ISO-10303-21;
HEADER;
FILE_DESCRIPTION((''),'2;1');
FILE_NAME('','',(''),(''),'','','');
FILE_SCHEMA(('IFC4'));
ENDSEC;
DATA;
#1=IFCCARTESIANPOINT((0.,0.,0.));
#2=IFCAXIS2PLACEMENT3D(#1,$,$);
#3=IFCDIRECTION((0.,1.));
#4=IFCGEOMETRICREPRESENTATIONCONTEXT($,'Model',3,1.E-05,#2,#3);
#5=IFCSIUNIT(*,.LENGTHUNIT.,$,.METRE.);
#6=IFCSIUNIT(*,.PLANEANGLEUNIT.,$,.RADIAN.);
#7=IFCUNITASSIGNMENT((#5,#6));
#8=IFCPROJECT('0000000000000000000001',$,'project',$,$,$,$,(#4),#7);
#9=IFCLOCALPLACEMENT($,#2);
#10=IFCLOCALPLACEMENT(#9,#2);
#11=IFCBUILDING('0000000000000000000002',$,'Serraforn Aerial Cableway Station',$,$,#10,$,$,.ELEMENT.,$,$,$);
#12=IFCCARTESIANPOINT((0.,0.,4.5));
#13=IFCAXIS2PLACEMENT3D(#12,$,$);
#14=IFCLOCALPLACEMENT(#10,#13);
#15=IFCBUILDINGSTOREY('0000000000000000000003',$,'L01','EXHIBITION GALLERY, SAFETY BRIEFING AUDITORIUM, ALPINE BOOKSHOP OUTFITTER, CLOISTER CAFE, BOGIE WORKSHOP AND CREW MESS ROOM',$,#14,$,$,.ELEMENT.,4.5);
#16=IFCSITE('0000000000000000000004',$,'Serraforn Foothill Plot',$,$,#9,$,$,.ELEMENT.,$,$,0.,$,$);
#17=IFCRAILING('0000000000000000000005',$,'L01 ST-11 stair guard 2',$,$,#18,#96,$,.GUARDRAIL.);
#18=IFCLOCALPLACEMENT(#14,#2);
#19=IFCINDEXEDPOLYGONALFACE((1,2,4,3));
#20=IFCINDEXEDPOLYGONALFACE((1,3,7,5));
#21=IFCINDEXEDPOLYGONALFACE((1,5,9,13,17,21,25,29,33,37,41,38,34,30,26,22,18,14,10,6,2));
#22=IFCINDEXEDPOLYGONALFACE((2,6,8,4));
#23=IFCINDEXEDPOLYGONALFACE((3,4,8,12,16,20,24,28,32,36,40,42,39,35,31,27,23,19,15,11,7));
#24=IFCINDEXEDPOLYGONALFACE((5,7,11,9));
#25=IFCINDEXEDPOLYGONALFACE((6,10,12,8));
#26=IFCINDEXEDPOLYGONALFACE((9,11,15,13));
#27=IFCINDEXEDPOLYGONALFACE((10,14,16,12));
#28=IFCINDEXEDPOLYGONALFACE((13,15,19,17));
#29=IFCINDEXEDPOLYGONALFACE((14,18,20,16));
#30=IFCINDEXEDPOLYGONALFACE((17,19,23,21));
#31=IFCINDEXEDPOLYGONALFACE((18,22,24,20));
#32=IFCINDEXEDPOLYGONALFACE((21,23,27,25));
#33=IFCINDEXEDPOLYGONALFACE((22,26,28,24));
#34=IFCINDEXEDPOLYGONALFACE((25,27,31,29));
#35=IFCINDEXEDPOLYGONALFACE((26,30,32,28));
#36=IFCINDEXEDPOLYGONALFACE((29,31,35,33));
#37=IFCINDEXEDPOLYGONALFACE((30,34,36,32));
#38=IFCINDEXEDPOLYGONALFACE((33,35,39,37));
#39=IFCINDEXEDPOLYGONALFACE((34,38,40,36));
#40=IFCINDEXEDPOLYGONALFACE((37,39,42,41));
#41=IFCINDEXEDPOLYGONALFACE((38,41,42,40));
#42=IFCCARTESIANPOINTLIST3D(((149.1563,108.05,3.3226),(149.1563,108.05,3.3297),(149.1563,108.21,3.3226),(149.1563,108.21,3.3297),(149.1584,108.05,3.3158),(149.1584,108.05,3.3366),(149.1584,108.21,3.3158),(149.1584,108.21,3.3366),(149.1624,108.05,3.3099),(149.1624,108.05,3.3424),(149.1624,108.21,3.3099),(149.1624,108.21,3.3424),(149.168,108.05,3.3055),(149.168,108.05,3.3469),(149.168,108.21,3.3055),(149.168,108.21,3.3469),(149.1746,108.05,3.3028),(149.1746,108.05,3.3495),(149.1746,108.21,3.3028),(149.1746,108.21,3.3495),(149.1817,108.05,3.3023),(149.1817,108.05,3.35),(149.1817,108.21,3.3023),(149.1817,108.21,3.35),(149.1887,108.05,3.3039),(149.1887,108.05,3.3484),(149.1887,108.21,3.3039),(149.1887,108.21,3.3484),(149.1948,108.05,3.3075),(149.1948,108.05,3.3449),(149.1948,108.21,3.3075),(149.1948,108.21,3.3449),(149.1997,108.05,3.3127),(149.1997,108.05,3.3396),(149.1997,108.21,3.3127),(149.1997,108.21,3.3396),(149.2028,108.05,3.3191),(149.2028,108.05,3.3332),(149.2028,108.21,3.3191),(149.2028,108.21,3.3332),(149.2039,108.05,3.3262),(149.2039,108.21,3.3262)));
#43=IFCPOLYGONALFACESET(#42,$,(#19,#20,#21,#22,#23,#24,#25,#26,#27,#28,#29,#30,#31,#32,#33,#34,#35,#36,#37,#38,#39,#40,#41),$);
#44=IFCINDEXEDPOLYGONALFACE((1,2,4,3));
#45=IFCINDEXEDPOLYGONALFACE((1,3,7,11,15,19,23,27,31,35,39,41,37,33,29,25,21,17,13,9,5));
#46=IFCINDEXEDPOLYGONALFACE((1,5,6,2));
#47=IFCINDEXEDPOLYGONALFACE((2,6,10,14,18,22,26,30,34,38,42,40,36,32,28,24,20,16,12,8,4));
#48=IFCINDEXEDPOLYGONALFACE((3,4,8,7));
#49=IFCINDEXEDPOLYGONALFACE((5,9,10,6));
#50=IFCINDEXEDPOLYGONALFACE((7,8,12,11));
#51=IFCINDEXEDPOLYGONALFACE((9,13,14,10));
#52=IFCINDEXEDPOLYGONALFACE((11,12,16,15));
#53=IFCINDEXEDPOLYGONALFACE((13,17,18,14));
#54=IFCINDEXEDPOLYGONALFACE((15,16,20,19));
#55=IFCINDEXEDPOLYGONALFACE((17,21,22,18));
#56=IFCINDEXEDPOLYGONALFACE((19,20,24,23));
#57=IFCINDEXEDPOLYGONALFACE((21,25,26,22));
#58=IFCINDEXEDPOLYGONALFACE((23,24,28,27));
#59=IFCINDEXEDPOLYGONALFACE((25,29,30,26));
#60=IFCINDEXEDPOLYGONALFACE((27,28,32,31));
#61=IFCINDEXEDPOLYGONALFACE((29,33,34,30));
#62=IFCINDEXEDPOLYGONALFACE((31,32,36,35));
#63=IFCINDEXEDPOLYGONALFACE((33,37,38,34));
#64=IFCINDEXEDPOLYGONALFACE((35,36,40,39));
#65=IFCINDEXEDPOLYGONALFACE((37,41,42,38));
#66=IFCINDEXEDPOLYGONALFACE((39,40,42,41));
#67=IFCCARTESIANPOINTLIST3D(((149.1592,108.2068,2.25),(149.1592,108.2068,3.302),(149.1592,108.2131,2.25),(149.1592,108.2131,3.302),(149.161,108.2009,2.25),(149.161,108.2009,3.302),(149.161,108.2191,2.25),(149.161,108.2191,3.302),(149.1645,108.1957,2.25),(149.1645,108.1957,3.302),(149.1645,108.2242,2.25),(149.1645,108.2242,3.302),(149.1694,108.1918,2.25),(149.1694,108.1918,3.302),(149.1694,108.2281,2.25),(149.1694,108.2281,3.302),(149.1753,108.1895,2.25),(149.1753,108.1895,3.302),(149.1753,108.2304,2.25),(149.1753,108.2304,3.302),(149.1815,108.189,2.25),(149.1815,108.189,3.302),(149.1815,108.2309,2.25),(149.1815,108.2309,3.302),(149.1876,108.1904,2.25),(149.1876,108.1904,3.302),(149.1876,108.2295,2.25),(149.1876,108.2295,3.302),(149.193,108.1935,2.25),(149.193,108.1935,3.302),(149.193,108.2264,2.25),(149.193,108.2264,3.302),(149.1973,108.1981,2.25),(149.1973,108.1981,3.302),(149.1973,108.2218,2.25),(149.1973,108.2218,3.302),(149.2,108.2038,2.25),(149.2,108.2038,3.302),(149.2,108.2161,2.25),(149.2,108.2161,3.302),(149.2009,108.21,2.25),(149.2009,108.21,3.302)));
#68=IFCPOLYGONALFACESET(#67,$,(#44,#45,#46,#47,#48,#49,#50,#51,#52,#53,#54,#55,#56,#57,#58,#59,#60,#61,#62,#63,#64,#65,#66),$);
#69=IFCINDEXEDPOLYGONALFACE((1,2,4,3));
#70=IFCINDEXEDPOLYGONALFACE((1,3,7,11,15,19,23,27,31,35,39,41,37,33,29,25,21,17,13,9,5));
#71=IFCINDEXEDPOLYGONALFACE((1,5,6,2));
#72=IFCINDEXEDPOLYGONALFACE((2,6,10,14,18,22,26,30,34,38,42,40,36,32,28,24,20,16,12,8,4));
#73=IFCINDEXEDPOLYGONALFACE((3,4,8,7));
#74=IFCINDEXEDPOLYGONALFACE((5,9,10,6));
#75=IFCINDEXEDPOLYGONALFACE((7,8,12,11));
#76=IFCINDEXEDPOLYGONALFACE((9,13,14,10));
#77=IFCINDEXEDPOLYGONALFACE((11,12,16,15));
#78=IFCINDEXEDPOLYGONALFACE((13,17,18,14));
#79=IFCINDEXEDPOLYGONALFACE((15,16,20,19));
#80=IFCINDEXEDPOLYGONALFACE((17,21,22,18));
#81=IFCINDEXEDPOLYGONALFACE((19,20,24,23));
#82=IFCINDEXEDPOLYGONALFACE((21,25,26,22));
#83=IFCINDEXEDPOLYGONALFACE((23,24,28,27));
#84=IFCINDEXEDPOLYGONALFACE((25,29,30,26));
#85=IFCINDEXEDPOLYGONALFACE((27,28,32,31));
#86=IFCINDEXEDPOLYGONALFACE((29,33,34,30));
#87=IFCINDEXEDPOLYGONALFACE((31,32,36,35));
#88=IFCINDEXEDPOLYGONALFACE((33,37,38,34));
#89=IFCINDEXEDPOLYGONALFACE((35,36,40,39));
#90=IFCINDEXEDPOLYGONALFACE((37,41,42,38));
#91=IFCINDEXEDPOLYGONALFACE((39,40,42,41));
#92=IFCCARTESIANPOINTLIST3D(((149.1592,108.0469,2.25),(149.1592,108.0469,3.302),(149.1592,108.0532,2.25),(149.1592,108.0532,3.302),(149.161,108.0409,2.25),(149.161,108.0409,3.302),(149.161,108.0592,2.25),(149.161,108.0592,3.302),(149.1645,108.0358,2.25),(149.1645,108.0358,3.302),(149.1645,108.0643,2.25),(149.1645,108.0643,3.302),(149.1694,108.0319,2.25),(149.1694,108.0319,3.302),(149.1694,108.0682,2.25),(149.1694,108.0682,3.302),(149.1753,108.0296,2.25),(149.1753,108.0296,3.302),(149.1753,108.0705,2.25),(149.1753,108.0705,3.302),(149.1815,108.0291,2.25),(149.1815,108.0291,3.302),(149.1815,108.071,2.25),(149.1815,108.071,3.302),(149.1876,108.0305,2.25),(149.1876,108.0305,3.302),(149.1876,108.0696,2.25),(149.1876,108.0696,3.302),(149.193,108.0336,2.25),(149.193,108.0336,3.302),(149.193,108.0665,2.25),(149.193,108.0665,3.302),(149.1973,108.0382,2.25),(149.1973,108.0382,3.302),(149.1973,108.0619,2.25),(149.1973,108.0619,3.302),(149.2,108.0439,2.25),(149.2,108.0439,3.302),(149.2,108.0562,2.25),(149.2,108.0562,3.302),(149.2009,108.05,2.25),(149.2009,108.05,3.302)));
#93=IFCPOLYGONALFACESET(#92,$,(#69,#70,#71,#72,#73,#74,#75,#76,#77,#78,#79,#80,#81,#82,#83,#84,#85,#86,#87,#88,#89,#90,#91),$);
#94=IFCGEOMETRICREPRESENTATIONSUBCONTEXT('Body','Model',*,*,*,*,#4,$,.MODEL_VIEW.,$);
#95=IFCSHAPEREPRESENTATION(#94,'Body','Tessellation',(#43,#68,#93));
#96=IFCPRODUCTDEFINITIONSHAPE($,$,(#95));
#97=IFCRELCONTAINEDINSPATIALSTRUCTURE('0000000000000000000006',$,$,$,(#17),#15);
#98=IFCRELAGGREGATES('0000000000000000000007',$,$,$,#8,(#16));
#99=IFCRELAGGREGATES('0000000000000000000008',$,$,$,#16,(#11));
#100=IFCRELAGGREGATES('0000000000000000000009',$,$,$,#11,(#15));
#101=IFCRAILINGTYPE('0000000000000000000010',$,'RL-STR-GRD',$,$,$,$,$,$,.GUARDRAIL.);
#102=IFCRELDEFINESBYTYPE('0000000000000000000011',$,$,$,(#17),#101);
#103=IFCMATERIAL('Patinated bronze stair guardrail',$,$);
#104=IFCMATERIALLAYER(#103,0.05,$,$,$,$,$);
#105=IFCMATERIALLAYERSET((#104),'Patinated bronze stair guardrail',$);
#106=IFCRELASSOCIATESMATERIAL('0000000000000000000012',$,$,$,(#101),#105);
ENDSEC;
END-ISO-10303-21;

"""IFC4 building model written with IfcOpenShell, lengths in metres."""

from ifc_helpers import new_model, si_unit, direction, frame, origin, origin_2d, place, context, subcontext, project, spatial, circle, extrude, material, layer, layer_set, type_object, element, save


model = new_model("IFC4")

# Units and contexts
model_context = context("Model", 3, precision=1e-05, world=origin(), true_north=direction((0.0, 1.0)))
body_context = subcontext(model_context, "Body", "Model", "MODEL_VIEW")
ifc_project = project(units=[si_unit("LENGTHUNIT", "METRE"), si_unit("PLANEANGLEUNIT", "RADIAN")], contexts=[model_context])

# Site, building, storey
site_placement = place(None, origin())
site = spatial("IfcSite", under=ifc_project, at=site_placement, Name="Serraforn Foothill Plot", CompositionType="ELEMENT", RefElevation=0.0)
building_placement = place(site_placement, origin())
building = spatial("IfcBuilding", under=site, at=building_placement, Name="Serraforn Aerial Cableway Station", CompositionType="ELEMENT")
storey_placement = place(building_placement, frame((0.0, 0.0, 4.5)))
storey = spatial("IfcBuildingStorey", under=building, at=storey_placement, Name="L01", Description="EXHIBITION GALLERY, SAFETY BRIEFING AUDITORIUM, ALPINE BOOKSHOP OUTFITTER, CLOISTER CAFE, BOGIE WORKSHOP AND CREW MESS ROOM", CompositionType="ELEMENT", Elevation=4.5)

# Railing
ifc_material_1 = material(Name="Patinated bronze stair guardrail")
ifc_layer_1 = layer(ifc_material_1, 0.05)
ifc_layer_set_1 = layer_set([ifc_layer_1], Name="Patinated bronze stair guardrail")
railing_type_1 = type_object("IfcRailingType", Name="RL-STR-GRD", PredefinedType="GUARDRAIL", material=ifc_layer_set_1)
railing_1_placement = place(storey_placement, frame((149.1799, 108.21, 2.25)))
element("IfcRailing", 1, at=railing_1_placement, inside=storey, type_object=railing_type_1, Name="L01 ST-11 stair guard 2", PredefinedType="GUARDRAIL", context=body_context, shape_type="SweptSolid", body=[
    extrude(circle(Radius=0.0239, at=origin_2d()), frame((0.0, 0.0, 1.0762), z_axis=(0.0, -1.0, 0.0), x_axis=(1.0, 0.0, 0.0)), (0.0, 0.0, 1.0), 0.1599),
    extrude(circle(Radius=0.021, at=origin_2d()), origin(), (0.0, 0.0, 1.0), 1.052),
    extrude(circle(Radius=0.021, at=origin_2d()), frame((0.0, -0.1599, 0.0)), (0.0, 0.0, 1.0), 1.052),
])

save(model, "model.ifc")
